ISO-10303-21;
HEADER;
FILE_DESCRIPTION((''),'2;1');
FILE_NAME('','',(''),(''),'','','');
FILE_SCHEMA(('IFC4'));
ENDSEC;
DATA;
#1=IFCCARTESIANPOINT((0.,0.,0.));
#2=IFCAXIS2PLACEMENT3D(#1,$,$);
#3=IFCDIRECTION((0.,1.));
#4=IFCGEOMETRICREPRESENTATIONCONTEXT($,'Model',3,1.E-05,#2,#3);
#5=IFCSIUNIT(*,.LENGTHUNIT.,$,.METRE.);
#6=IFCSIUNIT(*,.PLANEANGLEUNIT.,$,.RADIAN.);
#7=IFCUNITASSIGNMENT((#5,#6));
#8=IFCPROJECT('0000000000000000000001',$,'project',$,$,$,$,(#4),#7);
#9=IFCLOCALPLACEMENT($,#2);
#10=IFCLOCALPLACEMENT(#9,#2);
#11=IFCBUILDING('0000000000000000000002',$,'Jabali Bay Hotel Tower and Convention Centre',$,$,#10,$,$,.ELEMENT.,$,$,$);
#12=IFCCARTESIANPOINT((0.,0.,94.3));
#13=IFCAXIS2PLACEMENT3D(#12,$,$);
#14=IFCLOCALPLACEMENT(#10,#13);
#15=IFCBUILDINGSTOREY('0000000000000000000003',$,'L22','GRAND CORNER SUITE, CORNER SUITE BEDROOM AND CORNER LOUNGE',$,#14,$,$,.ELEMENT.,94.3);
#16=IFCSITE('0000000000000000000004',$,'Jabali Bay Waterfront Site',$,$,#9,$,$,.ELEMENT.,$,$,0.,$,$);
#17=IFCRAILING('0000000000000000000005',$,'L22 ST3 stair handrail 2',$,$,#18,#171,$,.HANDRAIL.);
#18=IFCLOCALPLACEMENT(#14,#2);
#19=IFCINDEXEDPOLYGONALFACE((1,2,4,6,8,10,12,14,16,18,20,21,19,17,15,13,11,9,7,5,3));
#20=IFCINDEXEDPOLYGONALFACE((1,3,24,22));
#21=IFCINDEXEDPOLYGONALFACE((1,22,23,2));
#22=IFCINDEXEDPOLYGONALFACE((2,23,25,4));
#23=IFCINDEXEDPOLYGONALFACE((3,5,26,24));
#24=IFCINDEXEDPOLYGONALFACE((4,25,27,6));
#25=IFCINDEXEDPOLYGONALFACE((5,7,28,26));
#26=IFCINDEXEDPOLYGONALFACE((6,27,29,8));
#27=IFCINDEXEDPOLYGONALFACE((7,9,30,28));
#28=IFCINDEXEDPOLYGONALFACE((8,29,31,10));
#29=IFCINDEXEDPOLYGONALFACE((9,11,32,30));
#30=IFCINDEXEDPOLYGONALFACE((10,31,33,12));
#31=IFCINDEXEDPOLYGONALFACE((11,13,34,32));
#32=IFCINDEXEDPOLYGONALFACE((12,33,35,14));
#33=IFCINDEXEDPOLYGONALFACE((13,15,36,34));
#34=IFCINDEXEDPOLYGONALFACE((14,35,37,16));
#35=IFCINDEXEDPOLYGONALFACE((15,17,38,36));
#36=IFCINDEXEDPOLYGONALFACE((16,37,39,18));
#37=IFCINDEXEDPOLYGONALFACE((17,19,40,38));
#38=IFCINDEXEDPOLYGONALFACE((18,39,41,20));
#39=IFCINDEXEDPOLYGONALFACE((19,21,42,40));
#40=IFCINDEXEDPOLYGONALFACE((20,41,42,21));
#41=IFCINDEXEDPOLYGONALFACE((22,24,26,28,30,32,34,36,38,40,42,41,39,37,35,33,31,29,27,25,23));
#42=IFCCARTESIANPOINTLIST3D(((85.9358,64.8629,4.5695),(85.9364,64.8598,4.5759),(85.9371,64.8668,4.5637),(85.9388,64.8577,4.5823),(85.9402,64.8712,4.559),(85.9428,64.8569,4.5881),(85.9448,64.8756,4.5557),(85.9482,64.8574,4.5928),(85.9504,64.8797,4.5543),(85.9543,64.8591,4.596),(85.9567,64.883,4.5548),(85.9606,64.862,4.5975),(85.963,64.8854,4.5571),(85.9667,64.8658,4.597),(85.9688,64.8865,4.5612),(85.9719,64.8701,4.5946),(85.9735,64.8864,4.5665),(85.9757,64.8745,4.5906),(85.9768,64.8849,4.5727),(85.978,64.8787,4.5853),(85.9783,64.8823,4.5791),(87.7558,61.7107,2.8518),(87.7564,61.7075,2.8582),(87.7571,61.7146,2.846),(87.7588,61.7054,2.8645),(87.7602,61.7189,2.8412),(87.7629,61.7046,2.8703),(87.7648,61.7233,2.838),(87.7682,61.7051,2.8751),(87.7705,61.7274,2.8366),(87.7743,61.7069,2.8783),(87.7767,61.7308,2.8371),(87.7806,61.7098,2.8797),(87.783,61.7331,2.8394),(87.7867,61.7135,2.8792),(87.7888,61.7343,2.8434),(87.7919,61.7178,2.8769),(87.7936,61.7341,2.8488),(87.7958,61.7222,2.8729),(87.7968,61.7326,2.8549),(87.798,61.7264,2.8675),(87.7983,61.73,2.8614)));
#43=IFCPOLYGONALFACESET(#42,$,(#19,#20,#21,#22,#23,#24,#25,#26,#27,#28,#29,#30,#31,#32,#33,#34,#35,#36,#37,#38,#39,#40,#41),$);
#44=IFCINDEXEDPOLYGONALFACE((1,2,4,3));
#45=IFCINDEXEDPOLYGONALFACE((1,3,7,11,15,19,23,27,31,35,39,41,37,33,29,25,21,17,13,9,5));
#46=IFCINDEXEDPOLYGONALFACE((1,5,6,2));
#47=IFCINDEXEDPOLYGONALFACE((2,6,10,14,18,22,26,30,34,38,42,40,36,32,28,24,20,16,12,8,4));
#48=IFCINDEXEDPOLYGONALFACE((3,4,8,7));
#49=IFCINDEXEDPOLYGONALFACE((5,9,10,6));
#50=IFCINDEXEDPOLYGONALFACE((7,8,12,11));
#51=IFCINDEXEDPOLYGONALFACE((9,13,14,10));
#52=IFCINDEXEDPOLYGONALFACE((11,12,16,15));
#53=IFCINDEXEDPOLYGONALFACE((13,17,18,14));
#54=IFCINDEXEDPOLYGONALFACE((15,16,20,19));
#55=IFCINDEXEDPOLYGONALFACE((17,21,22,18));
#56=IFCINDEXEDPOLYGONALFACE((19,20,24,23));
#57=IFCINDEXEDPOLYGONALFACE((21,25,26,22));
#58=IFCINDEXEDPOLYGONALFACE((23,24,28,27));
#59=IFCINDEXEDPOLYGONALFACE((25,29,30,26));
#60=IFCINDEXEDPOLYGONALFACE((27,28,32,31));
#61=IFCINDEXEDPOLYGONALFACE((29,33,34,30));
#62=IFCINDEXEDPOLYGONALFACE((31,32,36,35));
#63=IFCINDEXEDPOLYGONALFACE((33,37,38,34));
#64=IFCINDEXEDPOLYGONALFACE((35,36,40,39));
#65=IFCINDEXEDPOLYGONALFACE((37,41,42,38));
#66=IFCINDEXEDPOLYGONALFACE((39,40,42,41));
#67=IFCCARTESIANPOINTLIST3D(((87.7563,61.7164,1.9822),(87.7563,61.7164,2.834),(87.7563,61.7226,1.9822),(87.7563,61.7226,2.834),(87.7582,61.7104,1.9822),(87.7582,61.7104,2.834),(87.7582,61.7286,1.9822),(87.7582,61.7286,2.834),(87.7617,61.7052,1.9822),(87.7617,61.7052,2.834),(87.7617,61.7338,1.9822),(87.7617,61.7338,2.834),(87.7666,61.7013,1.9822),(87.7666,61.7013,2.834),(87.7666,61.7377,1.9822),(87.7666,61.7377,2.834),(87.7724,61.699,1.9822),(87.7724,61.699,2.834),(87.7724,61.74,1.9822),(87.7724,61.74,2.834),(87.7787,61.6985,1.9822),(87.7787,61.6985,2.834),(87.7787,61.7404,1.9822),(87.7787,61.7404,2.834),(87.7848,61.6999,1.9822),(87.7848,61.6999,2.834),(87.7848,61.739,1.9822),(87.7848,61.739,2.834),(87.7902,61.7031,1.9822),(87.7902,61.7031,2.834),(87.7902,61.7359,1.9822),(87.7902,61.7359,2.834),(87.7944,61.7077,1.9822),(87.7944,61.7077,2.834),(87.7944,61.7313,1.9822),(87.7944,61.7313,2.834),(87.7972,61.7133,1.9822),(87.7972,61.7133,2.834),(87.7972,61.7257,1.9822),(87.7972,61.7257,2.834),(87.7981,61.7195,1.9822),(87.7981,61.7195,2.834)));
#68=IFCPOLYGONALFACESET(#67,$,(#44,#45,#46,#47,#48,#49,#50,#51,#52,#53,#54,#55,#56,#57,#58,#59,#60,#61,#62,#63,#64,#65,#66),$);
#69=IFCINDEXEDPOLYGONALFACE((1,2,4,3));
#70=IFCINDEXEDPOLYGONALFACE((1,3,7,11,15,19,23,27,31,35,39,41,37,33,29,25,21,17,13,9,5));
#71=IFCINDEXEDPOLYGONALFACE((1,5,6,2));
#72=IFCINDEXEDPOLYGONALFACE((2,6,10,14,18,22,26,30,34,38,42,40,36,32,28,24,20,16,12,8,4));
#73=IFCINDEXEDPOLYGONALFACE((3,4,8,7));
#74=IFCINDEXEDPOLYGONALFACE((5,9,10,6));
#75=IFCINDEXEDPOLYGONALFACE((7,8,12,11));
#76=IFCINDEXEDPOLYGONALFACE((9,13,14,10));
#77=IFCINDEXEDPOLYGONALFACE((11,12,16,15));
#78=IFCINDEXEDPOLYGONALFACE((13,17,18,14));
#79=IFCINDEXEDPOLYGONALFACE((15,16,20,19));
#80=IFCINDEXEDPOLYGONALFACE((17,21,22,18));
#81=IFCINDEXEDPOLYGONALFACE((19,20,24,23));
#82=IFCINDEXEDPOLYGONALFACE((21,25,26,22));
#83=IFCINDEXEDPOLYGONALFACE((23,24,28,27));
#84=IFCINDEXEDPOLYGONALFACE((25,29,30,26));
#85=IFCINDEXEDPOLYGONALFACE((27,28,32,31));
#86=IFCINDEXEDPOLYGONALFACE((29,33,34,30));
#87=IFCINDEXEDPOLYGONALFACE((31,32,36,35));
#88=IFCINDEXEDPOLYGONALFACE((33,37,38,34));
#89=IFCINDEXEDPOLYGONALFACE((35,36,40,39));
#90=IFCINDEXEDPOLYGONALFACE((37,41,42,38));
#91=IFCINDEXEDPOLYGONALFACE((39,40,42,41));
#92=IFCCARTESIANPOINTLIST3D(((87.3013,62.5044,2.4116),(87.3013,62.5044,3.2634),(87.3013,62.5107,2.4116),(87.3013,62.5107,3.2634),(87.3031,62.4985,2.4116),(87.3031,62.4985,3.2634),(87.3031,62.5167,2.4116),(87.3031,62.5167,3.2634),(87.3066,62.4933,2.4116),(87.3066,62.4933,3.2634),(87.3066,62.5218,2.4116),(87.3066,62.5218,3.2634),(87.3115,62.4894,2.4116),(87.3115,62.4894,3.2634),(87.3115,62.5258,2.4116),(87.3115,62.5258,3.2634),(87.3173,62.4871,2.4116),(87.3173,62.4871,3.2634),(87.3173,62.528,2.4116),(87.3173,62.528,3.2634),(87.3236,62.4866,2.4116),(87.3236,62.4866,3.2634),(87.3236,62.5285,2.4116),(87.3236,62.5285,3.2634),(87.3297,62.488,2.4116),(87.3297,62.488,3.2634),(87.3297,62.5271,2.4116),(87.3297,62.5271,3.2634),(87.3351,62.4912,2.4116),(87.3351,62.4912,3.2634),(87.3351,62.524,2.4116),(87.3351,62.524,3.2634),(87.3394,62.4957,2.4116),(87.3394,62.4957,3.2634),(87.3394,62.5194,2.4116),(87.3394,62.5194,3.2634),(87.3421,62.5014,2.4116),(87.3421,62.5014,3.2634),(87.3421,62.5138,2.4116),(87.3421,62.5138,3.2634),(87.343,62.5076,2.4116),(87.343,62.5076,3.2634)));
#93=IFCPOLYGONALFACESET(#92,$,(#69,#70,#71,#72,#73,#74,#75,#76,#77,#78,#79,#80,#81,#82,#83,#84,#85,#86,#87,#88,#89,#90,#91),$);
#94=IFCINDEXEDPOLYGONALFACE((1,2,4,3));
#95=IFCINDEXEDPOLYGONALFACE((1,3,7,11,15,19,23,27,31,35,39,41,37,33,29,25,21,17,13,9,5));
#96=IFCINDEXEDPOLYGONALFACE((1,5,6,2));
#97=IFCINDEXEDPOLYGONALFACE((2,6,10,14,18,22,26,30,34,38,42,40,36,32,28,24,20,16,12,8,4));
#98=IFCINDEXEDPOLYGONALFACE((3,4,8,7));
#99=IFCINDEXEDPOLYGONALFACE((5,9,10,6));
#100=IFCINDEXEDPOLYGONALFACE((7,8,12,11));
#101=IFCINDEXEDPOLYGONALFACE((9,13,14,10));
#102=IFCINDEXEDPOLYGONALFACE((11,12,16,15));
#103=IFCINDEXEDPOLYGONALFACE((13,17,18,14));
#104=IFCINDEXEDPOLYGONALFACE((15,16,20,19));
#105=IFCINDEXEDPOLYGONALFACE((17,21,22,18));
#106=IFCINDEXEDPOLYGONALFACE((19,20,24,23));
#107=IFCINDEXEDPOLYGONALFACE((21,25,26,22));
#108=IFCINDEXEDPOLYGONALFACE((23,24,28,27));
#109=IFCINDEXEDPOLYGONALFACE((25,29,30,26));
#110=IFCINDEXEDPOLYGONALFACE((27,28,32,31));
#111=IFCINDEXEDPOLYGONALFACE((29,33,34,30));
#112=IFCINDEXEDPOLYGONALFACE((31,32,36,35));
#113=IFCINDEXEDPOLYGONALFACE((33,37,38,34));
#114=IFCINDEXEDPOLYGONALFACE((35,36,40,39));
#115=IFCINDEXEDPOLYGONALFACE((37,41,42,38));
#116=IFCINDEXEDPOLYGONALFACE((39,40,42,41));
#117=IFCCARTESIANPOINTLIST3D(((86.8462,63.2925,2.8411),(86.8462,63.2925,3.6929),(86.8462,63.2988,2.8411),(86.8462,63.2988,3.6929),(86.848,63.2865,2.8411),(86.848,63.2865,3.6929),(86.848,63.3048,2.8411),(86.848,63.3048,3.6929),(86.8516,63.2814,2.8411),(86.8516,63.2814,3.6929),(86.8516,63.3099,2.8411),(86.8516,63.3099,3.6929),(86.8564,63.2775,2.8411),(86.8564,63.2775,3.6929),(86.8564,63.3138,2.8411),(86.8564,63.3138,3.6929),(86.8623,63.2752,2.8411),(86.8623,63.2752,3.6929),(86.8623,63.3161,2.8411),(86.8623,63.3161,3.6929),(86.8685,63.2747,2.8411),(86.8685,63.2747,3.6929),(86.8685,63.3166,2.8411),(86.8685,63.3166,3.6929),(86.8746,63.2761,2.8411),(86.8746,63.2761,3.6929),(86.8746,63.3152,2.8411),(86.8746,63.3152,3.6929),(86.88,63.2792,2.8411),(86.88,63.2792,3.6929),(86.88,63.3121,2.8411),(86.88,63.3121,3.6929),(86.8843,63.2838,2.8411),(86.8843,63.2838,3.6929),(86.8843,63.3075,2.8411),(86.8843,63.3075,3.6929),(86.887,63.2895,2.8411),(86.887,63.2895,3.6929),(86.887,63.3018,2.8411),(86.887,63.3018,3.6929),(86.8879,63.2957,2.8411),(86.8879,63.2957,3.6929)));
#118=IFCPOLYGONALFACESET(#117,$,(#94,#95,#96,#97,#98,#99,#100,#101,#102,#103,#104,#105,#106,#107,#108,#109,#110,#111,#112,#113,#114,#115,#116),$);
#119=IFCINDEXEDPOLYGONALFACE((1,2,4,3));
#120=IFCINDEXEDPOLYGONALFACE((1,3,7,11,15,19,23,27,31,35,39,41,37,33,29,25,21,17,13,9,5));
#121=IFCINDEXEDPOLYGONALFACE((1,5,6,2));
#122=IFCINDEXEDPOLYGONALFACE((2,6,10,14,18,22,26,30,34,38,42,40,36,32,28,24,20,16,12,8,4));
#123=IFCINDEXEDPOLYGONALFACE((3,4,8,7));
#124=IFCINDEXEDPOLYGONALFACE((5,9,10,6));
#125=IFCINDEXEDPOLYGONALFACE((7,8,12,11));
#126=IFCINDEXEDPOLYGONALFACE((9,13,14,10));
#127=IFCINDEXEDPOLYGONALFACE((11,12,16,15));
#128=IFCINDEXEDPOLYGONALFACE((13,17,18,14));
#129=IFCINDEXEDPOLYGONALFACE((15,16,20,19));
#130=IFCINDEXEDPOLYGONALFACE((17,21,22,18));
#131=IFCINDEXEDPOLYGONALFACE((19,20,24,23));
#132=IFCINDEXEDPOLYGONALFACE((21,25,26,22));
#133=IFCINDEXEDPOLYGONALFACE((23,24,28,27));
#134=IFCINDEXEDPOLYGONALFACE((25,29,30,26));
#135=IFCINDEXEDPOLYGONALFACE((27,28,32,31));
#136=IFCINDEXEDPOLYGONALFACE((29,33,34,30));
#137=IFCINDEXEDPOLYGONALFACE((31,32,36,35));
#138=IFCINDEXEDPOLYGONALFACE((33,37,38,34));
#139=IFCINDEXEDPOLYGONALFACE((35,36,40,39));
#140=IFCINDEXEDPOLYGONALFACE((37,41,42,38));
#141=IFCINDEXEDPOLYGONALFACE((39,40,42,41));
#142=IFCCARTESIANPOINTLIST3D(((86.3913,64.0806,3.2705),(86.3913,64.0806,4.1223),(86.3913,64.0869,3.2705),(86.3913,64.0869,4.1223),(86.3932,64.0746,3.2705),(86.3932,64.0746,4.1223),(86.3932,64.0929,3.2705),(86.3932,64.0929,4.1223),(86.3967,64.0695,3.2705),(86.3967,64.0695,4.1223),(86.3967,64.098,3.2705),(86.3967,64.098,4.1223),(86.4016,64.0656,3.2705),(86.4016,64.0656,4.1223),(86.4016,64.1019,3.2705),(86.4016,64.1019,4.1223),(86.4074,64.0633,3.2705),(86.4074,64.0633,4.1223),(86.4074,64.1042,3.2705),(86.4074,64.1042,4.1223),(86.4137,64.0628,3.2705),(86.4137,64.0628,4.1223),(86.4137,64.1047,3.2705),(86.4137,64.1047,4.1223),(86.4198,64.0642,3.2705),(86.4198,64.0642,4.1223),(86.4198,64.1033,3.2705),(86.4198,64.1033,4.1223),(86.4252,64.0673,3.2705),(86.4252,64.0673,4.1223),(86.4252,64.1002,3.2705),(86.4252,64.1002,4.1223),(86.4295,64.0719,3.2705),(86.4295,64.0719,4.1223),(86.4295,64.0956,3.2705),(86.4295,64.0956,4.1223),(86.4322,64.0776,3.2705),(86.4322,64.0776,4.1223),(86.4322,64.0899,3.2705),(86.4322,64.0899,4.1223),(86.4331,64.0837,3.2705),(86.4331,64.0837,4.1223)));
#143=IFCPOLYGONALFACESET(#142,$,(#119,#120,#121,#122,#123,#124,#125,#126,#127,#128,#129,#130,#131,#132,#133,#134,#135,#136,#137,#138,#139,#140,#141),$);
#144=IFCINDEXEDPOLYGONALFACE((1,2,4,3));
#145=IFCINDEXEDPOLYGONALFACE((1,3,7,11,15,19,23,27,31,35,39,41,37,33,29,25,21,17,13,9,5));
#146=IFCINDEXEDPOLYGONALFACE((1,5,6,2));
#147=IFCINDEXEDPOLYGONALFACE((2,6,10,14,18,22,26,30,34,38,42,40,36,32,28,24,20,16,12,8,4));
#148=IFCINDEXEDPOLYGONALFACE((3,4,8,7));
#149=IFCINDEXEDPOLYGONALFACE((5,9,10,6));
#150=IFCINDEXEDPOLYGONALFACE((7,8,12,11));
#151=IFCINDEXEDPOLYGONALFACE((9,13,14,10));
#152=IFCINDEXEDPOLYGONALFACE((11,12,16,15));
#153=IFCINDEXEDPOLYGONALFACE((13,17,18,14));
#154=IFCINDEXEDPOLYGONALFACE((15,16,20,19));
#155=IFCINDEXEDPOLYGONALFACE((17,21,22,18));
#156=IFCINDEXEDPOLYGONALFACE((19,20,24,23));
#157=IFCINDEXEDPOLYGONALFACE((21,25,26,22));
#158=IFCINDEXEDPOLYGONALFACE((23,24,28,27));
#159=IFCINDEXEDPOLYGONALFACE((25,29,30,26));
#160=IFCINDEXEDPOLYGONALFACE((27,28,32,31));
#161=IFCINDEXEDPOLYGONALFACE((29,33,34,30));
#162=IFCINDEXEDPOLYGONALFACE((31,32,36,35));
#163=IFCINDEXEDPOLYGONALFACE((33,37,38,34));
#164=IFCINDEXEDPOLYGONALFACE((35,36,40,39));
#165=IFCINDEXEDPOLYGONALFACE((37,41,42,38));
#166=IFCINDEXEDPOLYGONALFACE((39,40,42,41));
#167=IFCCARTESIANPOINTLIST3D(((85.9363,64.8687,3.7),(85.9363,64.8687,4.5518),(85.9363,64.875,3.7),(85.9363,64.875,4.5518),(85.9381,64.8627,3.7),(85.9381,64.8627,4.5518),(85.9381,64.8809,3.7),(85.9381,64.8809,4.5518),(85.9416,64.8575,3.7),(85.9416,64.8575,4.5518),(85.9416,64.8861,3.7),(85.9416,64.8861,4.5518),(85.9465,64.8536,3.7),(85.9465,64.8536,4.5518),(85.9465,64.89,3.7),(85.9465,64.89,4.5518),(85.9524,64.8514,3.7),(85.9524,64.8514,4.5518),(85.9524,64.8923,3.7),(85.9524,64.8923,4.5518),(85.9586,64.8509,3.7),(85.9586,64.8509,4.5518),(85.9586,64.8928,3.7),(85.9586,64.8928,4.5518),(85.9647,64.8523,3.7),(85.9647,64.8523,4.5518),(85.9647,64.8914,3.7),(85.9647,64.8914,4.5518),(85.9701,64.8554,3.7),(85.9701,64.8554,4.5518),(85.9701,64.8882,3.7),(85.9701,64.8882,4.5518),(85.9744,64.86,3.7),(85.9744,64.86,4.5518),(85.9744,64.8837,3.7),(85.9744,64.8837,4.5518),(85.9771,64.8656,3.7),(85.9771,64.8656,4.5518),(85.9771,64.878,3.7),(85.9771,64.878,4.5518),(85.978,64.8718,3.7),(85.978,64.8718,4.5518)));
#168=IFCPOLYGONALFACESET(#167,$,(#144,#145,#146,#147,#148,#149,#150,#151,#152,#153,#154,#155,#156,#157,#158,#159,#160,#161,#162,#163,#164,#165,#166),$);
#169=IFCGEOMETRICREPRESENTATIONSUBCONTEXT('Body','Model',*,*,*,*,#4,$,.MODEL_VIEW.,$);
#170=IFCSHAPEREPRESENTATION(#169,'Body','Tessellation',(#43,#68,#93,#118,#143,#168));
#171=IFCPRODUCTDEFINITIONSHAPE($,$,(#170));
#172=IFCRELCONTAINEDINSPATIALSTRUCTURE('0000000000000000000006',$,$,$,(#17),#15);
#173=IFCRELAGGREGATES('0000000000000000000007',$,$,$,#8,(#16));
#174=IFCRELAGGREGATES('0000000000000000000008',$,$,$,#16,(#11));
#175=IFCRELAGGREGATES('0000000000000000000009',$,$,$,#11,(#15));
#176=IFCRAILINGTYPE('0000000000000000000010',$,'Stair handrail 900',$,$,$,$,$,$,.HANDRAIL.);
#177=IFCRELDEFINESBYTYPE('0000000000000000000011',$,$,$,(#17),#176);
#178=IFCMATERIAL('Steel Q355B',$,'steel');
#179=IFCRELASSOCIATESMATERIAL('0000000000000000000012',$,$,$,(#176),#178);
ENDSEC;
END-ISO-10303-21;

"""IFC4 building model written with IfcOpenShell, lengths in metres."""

from ifc_helpers import new_model, si_unit, direction, frame, origin, origin_2d, place, context, subcontext, project, spatial, circle, extrude, material, type_object, element, save


model = new_model("IFC4")

# Units and contexts
model_context = context("Model", 3, precision=1e-05, world=origin(), true_north=direction((0.0, 1.0)))
body_context = subcontext(model_context, "Body", "Model", "MODEL_VIEW")
ifc_project = project(units=[si_unit("LENGTHUNIT", "METRE"), si_unit("PLANEANGLEUNIT", "RADIAN")], contexts=[model_context])

# Site, building, storey
site_placement = place(None, origin())
site = spatial("IfcSite", under=ifc_project, at=site_placement, Name="Jabali Bay Waterfront Site", CompositionType="ELEMENT", RefElevation=0.0)
building_placement = place(site_placement, origin())
building = spatial("IfcBuilding", under=site, at=building_placement, Name="Jabali Bay Hotel Tower and Convention Centre", CompositionType="ELEMENT")
storey_placement = place(building_placement, frame((0.0, 0.0, 94.3)))
storey = spatial("IfcBuildingStorey", under=building, at=storey_placement, Name="L22", Description="GRAND CORNER SUITE, CORNER SUITE BEDROOM AND CORNER LOUNGE", CompositionType="ELEMENT", Elevation=94.3)

# Railing
ifc_material_1 = material(Name="Steel Q355B", Category="steel")
railing_type_1 = type_object("IfcRailingType", Name="Stair handrail 900", PredefinedType="HANDRAIL", material=ifc_material_1)
railing_1_placement = place(storey_placement, frame((87.7771, 61.7195, 1.9822)))
element("IfcRailing", 1, at=railing_1_placement, inside=storey, type_object=railing_type_1, Name="L22 ST3 stair handrail 2", PredefinedType="HANDRAIL", context=body_context, shape_type="SweptSolid", body=[
    extrude(circle(Radius=0.0239, at=origin_2d()), frame((0.0, 0.0, 0.876), z_axis=(-0.45219, 0.78319, 0.426775), x_axis=(-0.866018, -0.500013, 0.0)), (0.0, 0.0, 1.0), 4.0249),
    extrude(circle(Radius=0.021, at=origin_2d()), origin(), (0.0, 0.0, 1.0), 0.8518),
    extrude(circle(Radius=0.021, at=origin_2d()), frame((-0.4551, 0.7881, 0.4294)), (0.0, 0.0, 1.0), 0.8518),
    extrude(circle(Radius=0.021, at=origin_2d()), frame((-0.9102, 1.5762, 0.8589)), (0.0, 0.0, 1.0), 0.8518),
    extrude(circle(Radius=0.021, at=origin_2d()), frame((-1.365, 2.3643, 1.2883)), (0.0, 0.0, 1.0), 0.8518),
    extrude(circle(Radius=0.021, at=origin_2d()), frame((-1.8201, 3.1523, 1.7178)), (0.0, 0.0, 1.0), 0.8518),
])

save(model, "model.ifc")
